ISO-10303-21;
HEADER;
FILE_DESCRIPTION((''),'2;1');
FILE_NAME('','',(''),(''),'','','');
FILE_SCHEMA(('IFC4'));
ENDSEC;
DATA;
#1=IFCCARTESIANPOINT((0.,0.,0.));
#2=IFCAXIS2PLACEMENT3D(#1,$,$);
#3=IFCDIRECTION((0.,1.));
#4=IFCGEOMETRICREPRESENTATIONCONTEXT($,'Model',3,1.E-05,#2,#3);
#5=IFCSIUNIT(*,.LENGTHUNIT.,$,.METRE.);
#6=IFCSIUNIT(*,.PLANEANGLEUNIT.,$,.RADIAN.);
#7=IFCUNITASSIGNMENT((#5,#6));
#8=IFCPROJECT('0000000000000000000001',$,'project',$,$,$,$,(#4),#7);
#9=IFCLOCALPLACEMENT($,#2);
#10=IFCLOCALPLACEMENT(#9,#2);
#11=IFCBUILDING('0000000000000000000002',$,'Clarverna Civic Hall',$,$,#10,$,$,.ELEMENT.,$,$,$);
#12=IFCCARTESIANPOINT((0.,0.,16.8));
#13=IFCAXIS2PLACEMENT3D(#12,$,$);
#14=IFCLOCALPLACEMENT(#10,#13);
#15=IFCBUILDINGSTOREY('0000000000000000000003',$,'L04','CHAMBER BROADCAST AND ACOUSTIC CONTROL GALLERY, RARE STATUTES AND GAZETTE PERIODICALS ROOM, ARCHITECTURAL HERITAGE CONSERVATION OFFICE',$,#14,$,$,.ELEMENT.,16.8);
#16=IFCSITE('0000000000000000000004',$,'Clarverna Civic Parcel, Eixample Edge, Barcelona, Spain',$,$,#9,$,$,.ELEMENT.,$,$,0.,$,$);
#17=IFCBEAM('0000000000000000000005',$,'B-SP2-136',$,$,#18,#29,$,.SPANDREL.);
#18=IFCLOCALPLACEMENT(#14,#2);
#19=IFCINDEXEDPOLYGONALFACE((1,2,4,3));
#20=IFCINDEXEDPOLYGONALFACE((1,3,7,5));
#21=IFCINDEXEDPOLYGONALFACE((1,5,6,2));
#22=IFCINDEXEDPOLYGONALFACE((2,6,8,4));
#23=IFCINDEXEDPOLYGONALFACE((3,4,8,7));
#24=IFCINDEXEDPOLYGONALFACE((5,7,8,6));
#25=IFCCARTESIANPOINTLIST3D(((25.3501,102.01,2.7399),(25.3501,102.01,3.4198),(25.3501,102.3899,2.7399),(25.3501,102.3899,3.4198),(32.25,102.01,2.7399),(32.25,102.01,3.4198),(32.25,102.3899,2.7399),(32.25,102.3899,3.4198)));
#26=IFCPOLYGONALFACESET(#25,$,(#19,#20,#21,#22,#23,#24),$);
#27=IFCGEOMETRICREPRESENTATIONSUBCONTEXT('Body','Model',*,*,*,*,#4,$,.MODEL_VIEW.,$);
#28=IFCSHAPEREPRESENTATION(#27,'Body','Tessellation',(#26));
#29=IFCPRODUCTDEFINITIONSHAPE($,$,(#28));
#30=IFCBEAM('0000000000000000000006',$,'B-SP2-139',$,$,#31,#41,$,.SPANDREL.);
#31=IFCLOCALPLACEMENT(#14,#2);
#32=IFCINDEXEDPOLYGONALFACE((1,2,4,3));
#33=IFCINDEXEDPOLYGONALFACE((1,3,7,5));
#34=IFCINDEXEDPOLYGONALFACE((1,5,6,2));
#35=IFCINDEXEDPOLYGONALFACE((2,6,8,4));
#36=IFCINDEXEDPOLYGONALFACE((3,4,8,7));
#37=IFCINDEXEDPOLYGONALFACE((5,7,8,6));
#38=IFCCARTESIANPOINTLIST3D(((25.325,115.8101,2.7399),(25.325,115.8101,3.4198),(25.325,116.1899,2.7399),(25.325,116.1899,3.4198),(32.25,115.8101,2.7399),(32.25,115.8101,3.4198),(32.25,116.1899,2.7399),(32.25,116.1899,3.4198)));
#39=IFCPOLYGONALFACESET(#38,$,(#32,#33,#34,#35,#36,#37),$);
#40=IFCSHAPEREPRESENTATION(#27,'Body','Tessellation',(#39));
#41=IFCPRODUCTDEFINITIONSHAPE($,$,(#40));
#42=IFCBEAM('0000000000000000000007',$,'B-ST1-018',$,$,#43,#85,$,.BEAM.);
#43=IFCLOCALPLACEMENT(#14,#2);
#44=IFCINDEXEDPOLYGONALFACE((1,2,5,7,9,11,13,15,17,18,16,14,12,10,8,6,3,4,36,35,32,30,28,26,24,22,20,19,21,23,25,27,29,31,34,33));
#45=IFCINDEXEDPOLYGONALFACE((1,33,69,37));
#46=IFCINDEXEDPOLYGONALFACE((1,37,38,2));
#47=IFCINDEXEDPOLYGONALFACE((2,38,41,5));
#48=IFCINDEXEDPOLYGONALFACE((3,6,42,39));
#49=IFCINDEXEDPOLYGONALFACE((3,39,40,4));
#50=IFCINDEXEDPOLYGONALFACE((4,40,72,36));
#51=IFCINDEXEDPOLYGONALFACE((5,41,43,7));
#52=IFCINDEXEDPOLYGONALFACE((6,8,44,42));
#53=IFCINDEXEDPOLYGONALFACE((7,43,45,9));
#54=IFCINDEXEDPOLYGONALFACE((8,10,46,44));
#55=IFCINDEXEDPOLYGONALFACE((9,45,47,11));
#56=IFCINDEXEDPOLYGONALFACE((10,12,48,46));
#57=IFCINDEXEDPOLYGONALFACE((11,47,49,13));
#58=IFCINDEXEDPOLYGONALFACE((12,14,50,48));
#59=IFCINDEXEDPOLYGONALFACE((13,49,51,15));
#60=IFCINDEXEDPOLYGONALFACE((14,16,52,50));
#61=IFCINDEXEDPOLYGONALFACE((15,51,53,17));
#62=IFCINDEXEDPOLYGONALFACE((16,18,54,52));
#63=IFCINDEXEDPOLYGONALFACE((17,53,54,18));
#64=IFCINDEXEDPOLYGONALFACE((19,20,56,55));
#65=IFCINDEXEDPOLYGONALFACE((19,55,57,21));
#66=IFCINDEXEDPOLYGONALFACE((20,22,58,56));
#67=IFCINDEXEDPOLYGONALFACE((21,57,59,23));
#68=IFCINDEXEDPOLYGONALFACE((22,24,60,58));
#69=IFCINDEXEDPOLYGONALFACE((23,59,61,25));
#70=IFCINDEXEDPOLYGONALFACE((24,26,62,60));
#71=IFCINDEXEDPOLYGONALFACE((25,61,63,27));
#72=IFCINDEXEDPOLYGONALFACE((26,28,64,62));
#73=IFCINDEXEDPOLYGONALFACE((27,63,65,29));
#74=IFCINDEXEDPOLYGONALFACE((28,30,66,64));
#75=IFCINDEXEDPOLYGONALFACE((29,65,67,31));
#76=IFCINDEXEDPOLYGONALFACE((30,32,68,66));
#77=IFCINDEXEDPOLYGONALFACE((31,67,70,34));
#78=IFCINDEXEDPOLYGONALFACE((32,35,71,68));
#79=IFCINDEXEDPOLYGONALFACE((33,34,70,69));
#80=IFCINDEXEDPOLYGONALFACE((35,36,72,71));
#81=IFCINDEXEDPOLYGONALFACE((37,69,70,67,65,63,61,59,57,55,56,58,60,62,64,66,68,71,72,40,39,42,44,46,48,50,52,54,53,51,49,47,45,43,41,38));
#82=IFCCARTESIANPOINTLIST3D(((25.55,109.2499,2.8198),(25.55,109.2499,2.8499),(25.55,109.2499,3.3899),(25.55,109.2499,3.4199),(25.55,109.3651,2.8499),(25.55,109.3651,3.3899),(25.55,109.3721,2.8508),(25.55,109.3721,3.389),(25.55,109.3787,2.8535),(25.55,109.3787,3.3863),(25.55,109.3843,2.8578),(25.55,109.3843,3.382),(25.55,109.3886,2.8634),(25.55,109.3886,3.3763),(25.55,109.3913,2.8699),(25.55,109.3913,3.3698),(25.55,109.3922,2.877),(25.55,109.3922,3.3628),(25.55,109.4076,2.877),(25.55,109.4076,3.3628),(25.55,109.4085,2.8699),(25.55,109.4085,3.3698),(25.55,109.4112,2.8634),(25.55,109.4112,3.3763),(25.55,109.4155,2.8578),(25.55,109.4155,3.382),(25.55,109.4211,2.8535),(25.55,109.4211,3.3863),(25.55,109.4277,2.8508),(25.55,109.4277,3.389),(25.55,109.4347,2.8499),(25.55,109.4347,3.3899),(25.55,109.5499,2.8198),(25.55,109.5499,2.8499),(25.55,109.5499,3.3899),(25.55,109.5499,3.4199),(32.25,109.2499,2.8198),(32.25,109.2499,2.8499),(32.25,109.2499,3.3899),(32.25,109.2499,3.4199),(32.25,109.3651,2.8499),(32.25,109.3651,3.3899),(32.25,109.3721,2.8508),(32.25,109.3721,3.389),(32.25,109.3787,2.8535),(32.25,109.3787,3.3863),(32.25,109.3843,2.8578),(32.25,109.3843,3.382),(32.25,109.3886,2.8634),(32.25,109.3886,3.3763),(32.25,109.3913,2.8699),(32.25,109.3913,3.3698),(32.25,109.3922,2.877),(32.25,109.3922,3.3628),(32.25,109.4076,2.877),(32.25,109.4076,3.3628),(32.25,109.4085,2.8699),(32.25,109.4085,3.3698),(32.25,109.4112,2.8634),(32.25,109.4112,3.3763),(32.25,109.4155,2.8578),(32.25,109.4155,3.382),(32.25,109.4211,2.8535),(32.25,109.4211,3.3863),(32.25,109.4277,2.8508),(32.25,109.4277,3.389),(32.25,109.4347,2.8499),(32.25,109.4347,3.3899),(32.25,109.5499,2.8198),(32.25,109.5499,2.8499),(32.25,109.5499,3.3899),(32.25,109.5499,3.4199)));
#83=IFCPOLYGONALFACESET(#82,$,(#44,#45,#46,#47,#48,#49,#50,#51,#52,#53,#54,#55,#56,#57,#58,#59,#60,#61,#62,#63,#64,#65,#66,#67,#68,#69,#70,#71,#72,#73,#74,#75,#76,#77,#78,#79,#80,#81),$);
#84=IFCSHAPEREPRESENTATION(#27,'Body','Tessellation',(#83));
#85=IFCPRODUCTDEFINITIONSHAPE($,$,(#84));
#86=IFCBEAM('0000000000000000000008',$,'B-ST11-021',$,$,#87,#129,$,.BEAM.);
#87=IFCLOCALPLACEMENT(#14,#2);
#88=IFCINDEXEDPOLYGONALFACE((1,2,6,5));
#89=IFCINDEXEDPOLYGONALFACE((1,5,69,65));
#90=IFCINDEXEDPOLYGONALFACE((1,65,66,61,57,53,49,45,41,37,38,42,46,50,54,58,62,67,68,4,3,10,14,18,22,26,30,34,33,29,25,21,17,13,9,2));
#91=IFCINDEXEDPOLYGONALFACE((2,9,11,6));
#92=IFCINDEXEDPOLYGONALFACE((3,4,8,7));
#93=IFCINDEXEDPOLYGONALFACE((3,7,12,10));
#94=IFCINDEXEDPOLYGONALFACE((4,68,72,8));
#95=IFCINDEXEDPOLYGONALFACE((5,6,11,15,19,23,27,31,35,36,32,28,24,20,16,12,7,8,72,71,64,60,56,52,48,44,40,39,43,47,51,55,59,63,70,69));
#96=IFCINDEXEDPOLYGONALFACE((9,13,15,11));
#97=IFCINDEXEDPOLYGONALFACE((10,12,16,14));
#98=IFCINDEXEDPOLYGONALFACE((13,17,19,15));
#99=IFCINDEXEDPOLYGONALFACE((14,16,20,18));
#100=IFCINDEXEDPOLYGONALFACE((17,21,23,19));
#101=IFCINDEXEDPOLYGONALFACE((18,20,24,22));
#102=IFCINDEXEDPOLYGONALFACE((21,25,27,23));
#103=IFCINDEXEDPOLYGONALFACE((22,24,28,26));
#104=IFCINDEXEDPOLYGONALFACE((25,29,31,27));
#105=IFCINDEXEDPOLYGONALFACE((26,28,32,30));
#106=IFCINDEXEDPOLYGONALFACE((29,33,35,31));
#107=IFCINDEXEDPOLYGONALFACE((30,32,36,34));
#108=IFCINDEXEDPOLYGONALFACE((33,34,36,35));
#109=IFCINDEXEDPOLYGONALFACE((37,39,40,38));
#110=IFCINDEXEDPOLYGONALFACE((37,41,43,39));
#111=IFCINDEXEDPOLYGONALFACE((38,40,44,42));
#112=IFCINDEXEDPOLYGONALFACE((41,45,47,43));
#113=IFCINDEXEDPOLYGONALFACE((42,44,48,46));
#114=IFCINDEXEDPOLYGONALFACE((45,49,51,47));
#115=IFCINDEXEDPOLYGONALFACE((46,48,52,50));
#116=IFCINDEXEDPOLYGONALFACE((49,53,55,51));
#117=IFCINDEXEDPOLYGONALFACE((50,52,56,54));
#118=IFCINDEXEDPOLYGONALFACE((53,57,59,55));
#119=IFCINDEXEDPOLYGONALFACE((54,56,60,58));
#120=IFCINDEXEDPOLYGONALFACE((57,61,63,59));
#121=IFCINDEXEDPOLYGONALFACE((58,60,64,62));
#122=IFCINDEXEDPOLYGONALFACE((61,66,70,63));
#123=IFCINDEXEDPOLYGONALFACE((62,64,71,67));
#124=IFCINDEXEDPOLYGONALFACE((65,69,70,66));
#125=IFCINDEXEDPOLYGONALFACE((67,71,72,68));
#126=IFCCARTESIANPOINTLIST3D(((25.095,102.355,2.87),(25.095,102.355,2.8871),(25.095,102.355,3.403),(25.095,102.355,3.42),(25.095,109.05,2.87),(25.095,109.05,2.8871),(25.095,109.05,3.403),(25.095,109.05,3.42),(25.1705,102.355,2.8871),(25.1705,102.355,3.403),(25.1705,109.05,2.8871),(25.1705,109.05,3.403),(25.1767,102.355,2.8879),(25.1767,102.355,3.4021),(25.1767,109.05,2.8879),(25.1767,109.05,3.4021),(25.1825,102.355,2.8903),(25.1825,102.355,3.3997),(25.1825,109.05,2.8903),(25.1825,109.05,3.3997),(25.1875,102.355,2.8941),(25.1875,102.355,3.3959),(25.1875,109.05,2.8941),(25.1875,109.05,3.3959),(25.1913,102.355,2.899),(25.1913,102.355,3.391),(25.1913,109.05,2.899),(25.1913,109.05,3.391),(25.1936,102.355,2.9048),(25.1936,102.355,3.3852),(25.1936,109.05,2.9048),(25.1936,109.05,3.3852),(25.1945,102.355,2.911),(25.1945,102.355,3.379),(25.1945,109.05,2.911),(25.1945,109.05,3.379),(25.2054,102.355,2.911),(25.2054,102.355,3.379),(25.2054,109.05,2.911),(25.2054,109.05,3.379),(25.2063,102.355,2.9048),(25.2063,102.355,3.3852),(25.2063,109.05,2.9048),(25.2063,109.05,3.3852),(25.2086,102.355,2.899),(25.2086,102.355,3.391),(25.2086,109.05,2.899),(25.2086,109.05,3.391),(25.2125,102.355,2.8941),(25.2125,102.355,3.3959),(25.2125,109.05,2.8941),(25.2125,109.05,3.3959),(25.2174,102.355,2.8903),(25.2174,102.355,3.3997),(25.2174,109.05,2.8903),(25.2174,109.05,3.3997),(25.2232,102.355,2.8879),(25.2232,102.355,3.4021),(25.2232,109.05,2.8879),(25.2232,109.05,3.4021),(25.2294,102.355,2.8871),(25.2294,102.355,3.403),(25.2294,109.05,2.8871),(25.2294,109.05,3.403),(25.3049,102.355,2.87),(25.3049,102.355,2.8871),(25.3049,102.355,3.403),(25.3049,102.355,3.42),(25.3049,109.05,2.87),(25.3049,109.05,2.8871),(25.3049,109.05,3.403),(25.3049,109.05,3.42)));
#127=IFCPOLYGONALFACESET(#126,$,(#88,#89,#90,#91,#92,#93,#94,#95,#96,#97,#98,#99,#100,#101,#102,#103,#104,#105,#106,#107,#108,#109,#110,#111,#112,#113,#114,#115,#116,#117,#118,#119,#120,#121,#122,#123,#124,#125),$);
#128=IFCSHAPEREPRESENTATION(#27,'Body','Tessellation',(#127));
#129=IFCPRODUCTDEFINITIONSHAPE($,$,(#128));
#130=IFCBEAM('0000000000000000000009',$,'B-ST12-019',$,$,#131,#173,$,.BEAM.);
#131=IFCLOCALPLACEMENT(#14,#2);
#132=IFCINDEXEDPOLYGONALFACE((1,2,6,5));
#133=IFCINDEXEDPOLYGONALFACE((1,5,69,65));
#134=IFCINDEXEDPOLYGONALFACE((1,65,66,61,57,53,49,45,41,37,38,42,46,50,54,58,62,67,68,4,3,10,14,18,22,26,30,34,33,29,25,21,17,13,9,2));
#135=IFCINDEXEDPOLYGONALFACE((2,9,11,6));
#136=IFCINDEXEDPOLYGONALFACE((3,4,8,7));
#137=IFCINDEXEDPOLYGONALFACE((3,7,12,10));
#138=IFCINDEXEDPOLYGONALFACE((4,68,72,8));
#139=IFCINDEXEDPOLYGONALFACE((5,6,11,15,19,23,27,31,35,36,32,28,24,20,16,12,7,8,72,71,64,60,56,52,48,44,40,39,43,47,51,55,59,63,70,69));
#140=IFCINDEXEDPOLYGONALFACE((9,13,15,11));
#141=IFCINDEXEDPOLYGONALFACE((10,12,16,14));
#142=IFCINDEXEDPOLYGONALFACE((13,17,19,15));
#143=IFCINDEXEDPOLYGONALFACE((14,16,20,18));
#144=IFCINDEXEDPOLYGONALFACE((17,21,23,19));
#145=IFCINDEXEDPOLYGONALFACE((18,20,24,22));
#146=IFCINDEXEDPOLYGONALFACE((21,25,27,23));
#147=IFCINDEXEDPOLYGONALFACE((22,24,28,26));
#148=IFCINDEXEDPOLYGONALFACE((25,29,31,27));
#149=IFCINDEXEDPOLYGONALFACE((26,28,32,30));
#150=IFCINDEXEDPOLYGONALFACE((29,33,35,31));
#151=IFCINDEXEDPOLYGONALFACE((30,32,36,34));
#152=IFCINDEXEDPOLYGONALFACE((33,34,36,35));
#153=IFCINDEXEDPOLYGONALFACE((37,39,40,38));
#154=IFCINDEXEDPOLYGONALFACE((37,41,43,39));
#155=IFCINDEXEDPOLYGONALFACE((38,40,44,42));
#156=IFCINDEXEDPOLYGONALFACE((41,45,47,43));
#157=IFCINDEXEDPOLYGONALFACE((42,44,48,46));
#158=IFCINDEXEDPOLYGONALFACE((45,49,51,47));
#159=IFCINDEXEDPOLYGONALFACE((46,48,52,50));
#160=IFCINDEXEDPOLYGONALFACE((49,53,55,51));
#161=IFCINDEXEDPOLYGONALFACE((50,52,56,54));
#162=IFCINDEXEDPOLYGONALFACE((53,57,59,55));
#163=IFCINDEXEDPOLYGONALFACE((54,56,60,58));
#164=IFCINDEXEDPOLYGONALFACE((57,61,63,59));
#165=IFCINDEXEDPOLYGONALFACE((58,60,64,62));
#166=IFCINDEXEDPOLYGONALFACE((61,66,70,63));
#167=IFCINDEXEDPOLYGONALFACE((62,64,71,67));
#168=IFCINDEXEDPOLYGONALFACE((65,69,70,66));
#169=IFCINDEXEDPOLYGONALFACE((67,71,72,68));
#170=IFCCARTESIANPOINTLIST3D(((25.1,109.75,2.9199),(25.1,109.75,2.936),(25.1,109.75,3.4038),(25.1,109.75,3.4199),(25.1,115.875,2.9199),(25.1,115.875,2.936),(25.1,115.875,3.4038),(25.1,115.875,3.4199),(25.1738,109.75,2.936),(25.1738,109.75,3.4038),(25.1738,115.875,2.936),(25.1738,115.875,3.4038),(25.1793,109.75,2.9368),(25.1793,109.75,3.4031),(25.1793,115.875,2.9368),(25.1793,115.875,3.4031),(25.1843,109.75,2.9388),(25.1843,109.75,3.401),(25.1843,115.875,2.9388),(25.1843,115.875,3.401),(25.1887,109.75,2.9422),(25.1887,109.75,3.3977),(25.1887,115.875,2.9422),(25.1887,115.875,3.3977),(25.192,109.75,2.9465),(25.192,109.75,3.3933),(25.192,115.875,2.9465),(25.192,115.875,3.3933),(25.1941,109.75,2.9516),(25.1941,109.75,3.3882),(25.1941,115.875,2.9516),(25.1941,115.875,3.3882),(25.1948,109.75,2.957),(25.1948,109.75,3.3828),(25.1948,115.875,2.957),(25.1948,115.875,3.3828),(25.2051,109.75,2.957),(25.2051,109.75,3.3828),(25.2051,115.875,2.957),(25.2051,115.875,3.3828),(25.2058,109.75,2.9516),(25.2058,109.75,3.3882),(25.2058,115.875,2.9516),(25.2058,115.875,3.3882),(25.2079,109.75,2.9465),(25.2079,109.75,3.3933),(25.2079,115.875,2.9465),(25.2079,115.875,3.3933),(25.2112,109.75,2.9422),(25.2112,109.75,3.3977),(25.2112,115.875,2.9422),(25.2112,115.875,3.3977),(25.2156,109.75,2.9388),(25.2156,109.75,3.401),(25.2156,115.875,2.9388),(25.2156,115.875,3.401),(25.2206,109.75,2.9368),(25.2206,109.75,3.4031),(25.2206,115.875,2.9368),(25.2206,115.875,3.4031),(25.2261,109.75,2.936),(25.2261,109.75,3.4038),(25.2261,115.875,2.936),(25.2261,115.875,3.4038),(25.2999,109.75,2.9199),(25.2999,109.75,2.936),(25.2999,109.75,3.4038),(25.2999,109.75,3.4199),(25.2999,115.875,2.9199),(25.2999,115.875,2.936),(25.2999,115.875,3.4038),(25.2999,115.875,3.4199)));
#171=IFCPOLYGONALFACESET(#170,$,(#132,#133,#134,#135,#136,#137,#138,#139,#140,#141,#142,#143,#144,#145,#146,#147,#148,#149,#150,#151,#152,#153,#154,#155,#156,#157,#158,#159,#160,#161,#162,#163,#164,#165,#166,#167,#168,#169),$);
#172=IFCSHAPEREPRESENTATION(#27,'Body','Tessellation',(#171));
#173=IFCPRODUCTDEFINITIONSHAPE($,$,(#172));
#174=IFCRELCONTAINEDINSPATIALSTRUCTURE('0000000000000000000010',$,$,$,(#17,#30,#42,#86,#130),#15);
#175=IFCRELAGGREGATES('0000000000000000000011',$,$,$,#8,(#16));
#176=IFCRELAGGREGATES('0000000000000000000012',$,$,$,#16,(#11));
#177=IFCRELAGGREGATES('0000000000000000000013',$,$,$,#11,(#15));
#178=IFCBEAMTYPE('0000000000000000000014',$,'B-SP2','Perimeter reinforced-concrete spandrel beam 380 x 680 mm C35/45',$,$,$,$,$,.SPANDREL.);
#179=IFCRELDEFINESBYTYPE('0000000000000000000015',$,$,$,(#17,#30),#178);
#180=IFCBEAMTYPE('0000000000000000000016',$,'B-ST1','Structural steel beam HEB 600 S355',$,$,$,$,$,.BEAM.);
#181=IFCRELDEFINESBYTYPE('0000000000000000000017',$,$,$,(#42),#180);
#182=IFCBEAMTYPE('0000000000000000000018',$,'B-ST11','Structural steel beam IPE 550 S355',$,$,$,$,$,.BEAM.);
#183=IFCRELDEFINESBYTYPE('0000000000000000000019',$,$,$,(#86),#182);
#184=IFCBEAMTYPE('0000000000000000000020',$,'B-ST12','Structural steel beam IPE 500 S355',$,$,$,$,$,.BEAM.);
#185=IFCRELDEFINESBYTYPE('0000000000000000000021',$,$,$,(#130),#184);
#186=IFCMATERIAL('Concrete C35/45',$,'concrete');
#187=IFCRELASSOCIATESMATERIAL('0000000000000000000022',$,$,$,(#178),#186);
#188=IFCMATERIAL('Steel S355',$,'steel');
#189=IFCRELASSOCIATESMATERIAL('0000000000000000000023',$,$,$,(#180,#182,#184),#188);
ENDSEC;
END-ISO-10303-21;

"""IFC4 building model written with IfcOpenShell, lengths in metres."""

from ifc_helpers import new_model, si_unit, direction, frame, origin, origin_2d, place, context, subcontext, project, spatial, rectangle, i_section, extrude, material, material_profile, profile_set, type_object, element, save


model = new_model("IFC4")

# Units and contexts
model_context = context("Model", 3, precision=1e-05, world=origin(), true_north=direction((0.0, 1.0)))
body_context = subcontext(model_context, "Body", "Model", "MODEL_VIEW")
ifc_project = project(units=[si_unit("LENGTHUNIT", "METRE"), si_unit("PLANEANGLEUNIT", "RADIAN")], contexts=[model_context])

# Site, building, storey
site_placement = place(None, origin())
site = spatial("IfcSite", under=ifc_project, at=site_placement, Name="Clarverna Civic Parcel, Eixample Edge, Barcelona, Spain", CompositionType="ELEMENT", RefElevation=0.0)
building_placement = place(site_placement, origin())
building = spatial("IfcBuilding", under=site, at=building_placement, Name="Clarverna Civic Hall", CompositionType="ELEMENT")
storey_placement = place(building_placement, frame((0.0, 0.0, 16.8)))
storey = spatial("IfcBuildingStorey", under=building, at=storey_placement, Name="L04", Description="CHAMBER BROADCAST AND ACOUSTIC CONTROL GALLERY, RARE STATUTES AND GAZETTE PERIODICALS ROOM, ARCHITECTURAL HERITAGE CONSERVATION OFFICE", CompositionType="ELEMENT", Elevation=16.8)

# Shared definitions
ifc_material_1 = material(Name="Concrete C35/45", Category="concrete")
ifc_material_2 = material(Name="Steel S355", Category="steel")

# Beams
ifc_material_profile_1 = material_profile(ifc_material_1, rectangle(XDim=0.3799, YDim=0.6799, at=origin_2d()), Name="RC 380x680")
ifc_profile_set_1 = profile_set([ifc_material_profile_1], Name="Concrete C35/45")
beam_type_1 = type_object("IfcBeamType", Name="B-SP2", Description="Perimeter reinforced-concrete spandrel beam 380 x 680 mm C35/45", PredefinedType="SPANDREL", material=ifc_profile_set_1)
beam_1_placement = place(storey_placement, frame((25.3501, 102.2, 3.0798), z_axis=(1.0, 0.0, 0.0), x_axis=(0.0, 1.0, 0.0)))
element("IfcBeam", 1, at=beam_1_placement, inside=storey, type_object=beam_type_1, Name="B-SP2-136", PredefinedType="SPANDREL", context=body_context, shape_type="SweptSolid", body=[
    extrude(rectangle(XDim=0.3799, YDim=0.6799, at=origin_2d()), origin(), (0.0, 0.0, 1.0), 6.8999),
])
beam_2_placement = place(storey_placement, frame((25.325, 116.0, 3.0798), z_axis=(1.0, 0.0, 0.0), x_axis=(0.0, 1.0, 0.0)))
element("IfcBeam", 2, at=beam_2_placement, inside=storey, type_object=beam_type_1, Name="B-SP2-139", PredefinedType="SPANDREL", context=body_context, shape_type="SweptSolid", body=[
    extrude(rectangle(XDim=0.3799, YDim=0.6799, at=origin_2d()), origin(), (0.0, 0.0, 1.0), 6.925),
])
ifc_material_profile_2 = material_profile(ifc_material_2, i_section(OverallWidth=0.3, OverallDepth=0.6001, WebThickness=0.0154, FlangeThickness=0.03, FilletRadius=0.0271, at=origin_2d()), Name="HEB 600")
ifc_profile_set_2 = profile_set([ifc_material_profile_2], Name="Steel S355")
beam_type_2 = type_object("IfcBeamType", Name="B-ST1", Description="Structural steel beam HEB 600 S355", PredefinedType="BEAM", material=ifc_profile_set_2)
beam_3_placement = place(storey_placement, frame((25.55, 109.3999, 3.1199), z_axis=(1.0, 0.0, 0.0), x_axis=(0.0, 1.0, 0.0)))
element("IfcBeam", 3, at=beam_3_placement, inside=storey, type_object=beam_type_2, Name="B-ST1-018", PredefinedType="BEAM", context=body_context, shape_type="SweptSolid", body=[
    extrude(i_section(OverallWidth=0.3, OverallDepth=0.6001, WebThickness=0.0154, FlangeThickness=0.03, FilletRadius=0.0271, at=origin_2d()), origin(), (0.0, 0.0, 1.0), 6.7),
])
ifc_material_profile_3 = material_profile(ifc_material_2, i_section(OverallWidth=0.21, OverallDepth=0.55, WebThickness=0.011, FlangeThickness=0.0171, FilletRadius=0.0239, at=origin_2d()), Name="IPE 550")
ifc_profile_set_3 = profile_set([ifc_material_profile_3], Name="Steel S355")
beam_type_3 = type_object("IfcBeamType", Name="B-ST11", Description="Structural steel beam IPE 550 S355", PredefinedType="BEAM", material=ifc_profile_set_3)
beam_4_placement = place(storey_placement, frame((25.2, 102.355, 3.145), z_axis=(0.0, 1.0, 0.0), x_axis=(-1.0, 0.0, 0.0)))
element("IfcBeam", 4, at=beam_4_placement, inside=storey, type_object=beam_type_3, Name="B-ST11-021", PredefinedType="BEAM", context=body_context, shape_type="SweptSolid", body=[
    extrude(i_section(OverallWidth=0.21, OverallDepth=0.55, WebThickness=0.011, FlangeThickness=0.0171, FilletRadius=0.0239, at=origin_2d()), origin(), (0.0, 0.0, 1.0), 6.6951),
])
ifc_material_profile_4 = material_profile(ifc_material_2, i_section(OverallWidth=0.2, OverallDepth=0.5, WebThickness=0.0103, FlangeThickness=0.0161, FilletRadius=0.021, at=origin_2d()), Name="IPE 500")
ifc_profile_set_4 = profile_set([ifc_material_profile_4], Name="Steel S355")
beam_type_4 = type_object("IfcBeamType", Name="B-ST12", Description="Structural steel beam IPE 500 S355", PredefinedType="BEAM", material=ifc_profile_set_4)
beam_5_placement = place(storey_placement, frame((25.2, 109.75, 3.1699), z_axis=(0.0, 1.0, 0.0), x_axis=(-1.0, 0.0, 0.0)))
element("IfcBeam", 5, at=beam_5_placement, inside=storey, type_object=beam_type_4, Name="B-ST12-019", PredefinedType="BEAM", context=body_context, shape_type="SweptSolid", body=[
    extrude(i_section(OverallWidth=0.2, OverallDepth=0.5, WebThickness=0.0103, FlangeThickness=0.0161, FilletRadius=0.021, at=origin_2d()), origin(), (0.0, 0.0, 1.0), 6.125),
])

save(model, "model.ifc")
